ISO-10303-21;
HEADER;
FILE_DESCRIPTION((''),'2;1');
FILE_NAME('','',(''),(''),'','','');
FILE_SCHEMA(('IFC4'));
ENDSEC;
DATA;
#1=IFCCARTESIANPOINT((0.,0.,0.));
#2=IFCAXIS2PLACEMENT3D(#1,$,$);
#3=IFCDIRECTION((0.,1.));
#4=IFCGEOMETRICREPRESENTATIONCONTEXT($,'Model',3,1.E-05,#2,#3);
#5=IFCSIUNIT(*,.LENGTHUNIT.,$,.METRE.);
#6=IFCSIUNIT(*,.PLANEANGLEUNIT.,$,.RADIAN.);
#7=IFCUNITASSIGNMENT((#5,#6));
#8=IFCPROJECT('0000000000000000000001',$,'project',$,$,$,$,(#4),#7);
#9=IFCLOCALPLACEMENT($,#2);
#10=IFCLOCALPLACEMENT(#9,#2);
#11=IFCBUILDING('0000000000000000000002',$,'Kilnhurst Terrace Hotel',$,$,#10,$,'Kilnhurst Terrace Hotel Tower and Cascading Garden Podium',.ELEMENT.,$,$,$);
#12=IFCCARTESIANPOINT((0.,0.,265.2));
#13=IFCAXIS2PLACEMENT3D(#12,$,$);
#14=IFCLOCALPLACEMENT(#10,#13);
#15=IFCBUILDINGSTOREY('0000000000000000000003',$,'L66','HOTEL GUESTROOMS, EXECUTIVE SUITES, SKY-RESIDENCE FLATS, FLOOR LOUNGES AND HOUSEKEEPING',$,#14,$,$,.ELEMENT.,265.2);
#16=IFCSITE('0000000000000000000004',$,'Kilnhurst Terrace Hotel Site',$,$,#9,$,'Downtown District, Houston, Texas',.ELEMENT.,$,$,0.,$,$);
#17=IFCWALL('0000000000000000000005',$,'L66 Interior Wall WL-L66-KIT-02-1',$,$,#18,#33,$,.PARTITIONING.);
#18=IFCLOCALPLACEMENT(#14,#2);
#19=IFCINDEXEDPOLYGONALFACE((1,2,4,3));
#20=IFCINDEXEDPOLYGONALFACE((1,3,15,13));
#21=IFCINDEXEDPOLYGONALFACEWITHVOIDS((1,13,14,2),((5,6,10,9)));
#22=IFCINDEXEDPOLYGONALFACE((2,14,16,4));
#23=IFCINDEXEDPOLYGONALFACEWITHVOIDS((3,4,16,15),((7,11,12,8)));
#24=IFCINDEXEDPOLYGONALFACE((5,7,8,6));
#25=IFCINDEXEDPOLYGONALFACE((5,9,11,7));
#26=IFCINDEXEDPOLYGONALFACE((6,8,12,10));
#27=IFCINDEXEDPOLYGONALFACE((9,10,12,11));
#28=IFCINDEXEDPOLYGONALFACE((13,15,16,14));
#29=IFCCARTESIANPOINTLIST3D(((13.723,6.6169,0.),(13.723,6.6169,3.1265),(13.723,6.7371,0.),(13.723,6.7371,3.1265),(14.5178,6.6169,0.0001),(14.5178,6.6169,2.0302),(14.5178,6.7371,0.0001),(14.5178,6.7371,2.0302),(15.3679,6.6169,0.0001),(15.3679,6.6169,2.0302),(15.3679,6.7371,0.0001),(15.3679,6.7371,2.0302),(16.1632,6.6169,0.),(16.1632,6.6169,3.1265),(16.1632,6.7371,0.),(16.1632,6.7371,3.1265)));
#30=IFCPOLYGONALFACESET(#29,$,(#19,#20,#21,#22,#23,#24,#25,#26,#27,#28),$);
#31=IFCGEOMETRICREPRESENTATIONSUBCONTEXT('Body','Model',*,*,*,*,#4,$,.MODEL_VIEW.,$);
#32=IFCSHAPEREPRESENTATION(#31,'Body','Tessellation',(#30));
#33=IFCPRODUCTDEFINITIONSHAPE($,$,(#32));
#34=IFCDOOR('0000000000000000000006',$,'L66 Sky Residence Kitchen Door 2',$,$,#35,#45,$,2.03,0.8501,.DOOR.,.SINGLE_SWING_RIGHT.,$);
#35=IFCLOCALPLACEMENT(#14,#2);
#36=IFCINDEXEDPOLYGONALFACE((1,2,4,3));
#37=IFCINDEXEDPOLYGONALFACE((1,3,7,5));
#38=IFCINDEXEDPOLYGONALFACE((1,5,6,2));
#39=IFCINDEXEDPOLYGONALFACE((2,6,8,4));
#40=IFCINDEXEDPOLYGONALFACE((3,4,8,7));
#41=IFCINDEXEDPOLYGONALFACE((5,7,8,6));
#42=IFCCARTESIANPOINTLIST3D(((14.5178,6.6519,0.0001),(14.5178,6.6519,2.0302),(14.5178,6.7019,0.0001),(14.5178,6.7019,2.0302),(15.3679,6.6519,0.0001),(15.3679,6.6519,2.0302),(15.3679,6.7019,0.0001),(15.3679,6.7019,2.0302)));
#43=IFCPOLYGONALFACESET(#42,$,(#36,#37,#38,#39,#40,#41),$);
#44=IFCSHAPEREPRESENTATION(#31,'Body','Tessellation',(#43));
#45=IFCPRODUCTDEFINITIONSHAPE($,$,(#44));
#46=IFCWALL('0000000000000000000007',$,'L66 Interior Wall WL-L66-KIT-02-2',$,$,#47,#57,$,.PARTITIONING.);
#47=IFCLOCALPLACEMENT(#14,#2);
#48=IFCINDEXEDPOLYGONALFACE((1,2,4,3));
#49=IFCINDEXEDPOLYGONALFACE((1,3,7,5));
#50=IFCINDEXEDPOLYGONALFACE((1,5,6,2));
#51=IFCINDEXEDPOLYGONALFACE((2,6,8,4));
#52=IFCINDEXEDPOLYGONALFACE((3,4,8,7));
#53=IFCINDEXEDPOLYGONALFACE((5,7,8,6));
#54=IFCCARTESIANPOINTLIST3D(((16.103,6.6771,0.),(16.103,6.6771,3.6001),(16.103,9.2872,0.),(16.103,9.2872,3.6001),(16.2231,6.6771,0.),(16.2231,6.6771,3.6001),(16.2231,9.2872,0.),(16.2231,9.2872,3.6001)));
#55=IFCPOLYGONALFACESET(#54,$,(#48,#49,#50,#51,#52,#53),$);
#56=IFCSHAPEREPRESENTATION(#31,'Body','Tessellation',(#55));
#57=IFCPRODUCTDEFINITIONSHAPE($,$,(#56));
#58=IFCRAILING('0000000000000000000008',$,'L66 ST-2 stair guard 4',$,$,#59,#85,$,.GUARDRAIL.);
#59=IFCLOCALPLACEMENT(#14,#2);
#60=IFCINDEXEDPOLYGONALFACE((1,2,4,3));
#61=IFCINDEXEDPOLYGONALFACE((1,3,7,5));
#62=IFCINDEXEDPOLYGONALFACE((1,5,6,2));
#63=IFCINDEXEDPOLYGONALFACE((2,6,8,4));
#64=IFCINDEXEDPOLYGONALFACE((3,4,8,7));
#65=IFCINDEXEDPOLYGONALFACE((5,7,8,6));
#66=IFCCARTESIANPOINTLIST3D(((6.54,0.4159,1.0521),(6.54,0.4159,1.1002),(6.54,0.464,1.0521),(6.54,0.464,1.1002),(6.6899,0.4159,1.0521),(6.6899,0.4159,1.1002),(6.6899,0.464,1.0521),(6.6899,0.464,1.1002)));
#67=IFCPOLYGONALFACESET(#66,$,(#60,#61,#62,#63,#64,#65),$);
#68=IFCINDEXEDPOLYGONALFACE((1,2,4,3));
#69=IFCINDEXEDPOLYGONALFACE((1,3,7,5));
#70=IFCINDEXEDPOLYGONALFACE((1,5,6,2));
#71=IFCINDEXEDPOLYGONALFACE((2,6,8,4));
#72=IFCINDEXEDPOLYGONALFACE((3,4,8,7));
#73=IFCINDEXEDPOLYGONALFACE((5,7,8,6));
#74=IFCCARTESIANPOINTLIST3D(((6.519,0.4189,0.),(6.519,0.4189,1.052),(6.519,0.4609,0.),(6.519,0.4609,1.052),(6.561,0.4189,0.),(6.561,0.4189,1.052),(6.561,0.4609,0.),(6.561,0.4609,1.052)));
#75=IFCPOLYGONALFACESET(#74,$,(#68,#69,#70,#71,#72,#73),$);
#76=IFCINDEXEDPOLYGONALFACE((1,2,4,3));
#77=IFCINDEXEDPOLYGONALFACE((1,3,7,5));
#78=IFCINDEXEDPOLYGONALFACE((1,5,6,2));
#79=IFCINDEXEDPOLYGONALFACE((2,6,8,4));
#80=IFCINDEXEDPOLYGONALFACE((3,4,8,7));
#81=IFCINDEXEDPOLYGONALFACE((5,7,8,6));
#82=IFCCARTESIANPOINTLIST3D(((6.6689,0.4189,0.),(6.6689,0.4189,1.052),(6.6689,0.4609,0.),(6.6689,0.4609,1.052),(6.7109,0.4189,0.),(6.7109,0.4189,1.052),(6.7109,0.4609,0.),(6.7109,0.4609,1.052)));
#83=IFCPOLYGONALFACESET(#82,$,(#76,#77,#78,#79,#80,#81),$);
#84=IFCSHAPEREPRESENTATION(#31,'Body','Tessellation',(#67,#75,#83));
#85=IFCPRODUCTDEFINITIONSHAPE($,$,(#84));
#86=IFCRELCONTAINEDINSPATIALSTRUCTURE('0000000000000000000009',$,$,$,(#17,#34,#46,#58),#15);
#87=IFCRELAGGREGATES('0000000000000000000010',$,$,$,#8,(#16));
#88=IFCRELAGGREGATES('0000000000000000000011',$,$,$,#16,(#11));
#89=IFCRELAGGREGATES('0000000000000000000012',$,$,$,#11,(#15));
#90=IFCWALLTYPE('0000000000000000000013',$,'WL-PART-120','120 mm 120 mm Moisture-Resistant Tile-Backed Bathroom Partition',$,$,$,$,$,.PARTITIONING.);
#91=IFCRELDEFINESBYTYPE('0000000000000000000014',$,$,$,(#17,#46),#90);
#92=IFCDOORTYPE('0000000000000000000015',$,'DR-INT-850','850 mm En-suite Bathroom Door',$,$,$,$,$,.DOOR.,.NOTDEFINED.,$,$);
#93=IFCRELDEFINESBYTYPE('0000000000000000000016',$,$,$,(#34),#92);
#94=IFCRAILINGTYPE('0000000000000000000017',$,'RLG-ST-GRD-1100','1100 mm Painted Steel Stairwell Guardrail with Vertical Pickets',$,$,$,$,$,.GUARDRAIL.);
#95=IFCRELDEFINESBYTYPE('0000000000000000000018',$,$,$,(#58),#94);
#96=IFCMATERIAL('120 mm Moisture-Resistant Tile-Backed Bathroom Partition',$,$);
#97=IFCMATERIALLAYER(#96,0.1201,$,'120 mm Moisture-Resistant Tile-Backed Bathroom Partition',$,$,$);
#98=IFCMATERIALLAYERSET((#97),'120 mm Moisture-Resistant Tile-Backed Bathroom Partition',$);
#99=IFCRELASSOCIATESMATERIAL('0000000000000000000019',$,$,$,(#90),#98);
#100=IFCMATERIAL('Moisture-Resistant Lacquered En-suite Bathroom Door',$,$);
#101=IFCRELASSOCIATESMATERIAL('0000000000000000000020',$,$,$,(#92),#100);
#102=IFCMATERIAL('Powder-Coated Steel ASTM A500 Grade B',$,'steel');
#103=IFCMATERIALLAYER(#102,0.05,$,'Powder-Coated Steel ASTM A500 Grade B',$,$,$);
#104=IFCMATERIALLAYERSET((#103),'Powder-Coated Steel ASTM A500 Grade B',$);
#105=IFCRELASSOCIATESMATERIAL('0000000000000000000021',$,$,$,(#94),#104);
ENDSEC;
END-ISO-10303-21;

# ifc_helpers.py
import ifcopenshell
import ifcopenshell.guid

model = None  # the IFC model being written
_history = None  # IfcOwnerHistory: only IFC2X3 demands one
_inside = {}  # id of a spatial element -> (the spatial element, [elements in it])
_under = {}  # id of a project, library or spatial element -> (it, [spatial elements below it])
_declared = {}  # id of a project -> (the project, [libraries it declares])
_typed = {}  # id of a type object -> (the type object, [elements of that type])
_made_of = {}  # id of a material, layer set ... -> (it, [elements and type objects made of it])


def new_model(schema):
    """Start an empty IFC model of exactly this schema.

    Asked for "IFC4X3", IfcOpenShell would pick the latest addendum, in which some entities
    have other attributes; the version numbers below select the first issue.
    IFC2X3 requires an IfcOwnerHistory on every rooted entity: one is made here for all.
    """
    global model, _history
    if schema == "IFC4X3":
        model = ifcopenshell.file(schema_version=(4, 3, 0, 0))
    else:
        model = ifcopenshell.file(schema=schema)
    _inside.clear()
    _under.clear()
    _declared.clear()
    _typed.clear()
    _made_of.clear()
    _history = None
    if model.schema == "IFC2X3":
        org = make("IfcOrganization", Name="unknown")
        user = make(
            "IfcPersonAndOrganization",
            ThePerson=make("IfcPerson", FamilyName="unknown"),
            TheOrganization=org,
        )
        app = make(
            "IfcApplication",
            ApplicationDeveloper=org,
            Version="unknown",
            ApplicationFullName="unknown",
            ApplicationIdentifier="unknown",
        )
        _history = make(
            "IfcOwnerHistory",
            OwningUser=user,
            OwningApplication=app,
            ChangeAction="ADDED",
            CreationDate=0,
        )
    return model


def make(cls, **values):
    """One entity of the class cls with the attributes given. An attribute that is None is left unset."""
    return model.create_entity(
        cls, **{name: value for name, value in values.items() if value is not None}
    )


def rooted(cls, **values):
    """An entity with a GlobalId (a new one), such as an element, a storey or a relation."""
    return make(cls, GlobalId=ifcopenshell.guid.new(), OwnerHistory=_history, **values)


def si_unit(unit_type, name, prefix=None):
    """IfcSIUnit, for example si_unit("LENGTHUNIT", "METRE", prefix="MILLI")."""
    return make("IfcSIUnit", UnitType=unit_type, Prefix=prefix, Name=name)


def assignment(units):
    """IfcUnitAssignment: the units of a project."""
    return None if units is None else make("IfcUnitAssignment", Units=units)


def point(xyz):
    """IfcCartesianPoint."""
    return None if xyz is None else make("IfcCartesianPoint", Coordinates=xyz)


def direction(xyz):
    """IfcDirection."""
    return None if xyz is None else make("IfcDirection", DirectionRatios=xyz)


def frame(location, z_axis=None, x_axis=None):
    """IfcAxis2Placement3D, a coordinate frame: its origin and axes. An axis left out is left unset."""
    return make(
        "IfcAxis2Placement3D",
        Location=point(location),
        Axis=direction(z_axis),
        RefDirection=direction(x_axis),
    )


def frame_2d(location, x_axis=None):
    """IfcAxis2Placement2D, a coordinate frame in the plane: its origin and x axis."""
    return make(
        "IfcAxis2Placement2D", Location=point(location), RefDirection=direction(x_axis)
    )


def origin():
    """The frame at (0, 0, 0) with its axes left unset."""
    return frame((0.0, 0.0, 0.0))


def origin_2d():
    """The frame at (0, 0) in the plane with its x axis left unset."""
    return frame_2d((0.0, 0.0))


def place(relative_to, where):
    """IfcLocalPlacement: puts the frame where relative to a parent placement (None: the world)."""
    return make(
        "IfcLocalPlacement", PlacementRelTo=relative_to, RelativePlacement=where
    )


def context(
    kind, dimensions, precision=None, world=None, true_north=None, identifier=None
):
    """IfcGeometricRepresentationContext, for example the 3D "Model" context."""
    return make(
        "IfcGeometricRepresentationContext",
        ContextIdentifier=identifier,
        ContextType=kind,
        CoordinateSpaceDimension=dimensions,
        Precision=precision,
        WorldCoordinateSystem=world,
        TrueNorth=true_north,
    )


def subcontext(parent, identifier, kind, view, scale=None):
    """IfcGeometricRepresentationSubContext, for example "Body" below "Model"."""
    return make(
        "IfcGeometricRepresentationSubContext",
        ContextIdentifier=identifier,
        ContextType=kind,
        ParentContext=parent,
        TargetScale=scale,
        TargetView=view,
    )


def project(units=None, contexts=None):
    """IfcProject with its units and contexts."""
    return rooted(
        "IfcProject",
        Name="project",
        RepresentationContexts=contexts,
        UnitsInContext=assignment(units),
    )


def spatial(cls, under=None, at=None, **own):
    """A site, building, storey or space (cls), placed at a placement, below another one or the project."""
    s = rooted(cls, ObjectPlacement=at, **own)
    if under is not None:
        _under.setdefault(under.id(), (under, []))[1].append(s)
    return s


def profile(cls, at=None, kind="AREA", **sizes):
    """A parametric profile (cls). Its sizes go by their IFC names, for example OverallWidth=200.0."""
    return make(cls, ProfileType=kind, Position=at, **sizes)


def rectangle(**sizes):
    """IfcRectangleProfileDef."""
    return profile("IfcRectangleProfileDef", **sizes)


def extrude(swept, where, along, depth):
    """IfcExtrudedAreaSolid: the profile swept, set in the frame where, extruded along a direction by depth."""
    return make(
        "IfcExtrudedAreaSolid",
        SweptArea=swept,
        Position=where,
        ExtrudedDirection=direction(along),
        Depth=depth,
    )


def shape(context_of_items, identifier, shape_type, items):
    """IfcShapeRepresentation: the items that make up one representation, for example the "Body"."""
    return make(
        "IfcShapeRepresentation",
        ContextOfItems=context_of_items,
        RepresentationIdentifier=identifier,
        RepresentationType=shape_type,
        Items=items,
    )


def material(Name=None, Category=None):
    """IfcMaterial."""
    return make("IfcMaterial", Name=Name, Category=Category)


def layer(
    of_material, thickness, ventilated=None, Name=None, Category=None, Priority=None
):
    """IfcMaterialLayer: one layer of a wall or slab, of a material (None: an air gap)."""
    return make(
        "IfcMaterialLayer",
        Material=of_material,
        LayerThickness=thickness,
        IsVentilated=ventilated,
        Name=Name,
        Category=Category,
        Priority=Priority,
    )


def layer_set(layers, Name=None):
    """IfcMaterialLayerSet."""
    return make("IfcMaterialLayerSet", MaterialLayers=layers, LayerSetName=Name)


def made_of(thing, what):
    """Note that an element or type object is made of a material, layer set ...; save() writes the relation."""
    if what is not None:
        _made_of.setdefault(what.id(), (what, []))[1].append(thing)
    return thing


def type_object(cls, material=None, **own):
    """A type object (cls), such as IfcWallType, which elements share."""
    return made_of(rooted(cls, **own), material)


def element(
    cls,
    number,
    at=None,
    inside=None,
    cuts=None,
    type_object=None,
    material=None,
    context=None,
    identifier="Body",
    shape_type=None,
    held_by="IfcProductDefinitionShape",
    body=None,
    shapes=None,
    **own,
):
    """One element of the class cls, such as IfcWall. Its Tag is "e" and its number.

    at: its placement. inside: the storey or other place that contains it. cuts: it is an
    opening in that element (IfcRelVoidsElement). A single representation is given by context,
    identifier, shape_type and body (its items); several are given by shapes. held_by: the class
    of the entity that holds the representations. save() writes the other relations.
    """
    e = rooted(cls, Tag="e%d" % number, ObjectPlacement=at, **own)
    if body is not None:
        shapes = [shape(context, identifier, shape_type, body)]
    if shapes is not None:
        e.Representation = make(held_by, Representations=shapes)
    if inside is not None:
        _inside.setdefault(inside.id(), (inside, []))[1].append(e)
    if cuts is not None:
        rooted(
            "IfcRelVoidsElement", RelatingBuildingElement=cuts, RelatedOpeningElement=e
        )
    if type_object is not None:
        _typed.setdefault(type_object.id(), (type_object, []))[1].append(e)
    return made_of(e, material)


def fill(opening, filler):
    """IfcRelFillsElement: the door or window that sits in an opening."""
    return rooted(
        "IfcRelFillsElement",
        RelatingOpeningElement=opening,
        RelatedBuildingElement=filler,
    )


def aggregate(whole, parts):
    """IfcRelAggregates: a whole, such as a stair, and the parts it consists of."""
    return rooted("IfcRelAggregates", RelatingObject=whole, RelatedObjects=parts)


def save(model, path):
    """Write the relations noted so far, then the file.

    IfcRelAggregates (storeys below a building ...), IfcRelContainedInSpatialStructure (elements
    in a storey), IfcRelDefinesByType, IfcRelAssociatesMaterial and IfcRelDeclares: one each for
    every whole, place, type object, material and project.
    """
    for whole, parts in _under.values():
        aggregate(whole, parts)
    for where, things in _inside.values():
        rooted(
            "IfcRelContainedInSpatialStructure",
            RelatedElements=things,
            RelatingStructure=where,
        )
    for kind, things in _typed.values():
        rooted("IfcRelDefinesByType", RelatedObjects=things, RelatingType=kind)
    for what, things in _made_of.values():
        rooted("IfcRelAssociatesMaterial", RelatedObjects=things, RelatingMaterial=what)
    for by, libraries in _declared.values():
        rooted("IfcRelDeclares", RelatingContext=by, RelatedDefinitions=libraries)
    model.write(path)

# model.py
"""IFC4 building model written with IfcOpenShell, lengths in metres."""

from ifc_helpers import new_model, si_unit, direction, frame, frame_2d, origin, origin_2d, place, context, subcontext, project, spatial, rectangle, extrude, material, layer, layer_set, type_object, element, fill, save


model = new_model("IFC4")

# Units and contexts
model_context = context("Model", 3, precision=1e-05, world=origin(), true_north=direction((0.0, 1.0)))
body_context = subcontext(model_context, "Body", "Model", "MODEL_VIEW")
ifc_project = project(units=[si_unit("LENGTHUNIT", "METRE"), si_unit("PLANEANGLEUNIT", "RADIAN")], contexts=[model_context])

# Site, building, storey
site_placement = place(None, origin())
site = spatial("IfcSite", under=ifc_project, at=site_placement, Name="Kilnhurst Terrace Hotel Site", LongName="Downtown District, Houston, Texas", CompositionType="ELEMENT", RefElevation=0.0)
building_placement = place(site_placement, origin())
building = spatial("IfcBuilding", under=site, at=building_placement, Name="Kilnhurst Terrace Hotel", LongName="Kilnhurst Terrace Hotel Tower and Cascading Garden Podium", CompositionType="ELEMENT")
storey_placement = place(building_placement, frame((0.0, 0.0, 265.2)))
storey = spatial("IfcBuildingStorey", under=building, at=storey_placement, Name="L66", Description="HOTEL GUESTROOMS, EXECUTIVE SUITES, SKY-RESIDENCE FLATS, FLOOR LOUNGES AND HOUSEKEEPING", CompositionType="ELEMENT", Elevation=265.2)

# Shared definitions
ifc_material_1 = material(Name="120 mm Moisture-Resistant Tile-Backed Bathroom Partition")
ifc_layer_1 = layer(ifc_material_1, 0.1201, Name="120 mm Moisture-Resistant Tile-Backed Bathroom Partition")
ifc_layer_set_1 = layer_set([ifc_layer_1], Name="120 mm Moisture-Resistant Tile-Backed Bathroom Partition")
wall_type_1 = type_object("IfcWallType", Name="WL-PART-120", Description="120 mm 120 mm Moisture-Resistant Tile-Backed Bathroom Partition", PredefinedType="PARTITIONING", material=ifc_layer_set_1)
ifc_material_2 = material(Name="Moisture-Resistant Lacquered En-suite Bathroom Door")
door_type = type_object("IfcDoorType", Name="DR-INT-850", Description="850 mm En-suite Bathroom Door", OperationType="NOTDEFINED", PredefinedType="DOOR", material=ifc_material_2)

# Wall, opening, door
wall_1_placement = place(storey_placement, frame((13.7229, 6.677, 0.0), z_axis=(0.0, 0.0, 1.0), x_axis=(1.0, 0.0, 0.0)))
wall_1 = element("IfcWall", 1, at=wall_1_placement, inside=storey, type_object=wall_type_1, Name="L66 Interior Wall WL-L66-KIT-02-1", PredefinedType="PARTITIONING", context=body_context, shape_type="SweptSolid", body=[
    extrude(rectangle(XDim=2.4402, YDim=0.1201, at=frame_2d((1.2202, 0.0))), origin(), (0.0, 0.0, 1.0), 3.1265),
])
opening_1_placement = place(wall_1_placement, frame((0.7949, 0.0, 0.0)))
opening_1 = element("IfcOpeningElement", 2, at=opening_1_placement, cuts=wall_1, PredefinedType="OPENING", context=body_context, shape_type="SweptSolid", body=[
    extrude(rectangle(XDim=0.8501, YDim=2.03, at=frame_2d((0.425, 1.0151))), frame((0.0, 0.0701, 0.0), z_axis=(0.0, -1.0, 0.0), x_axis=(1.0, 0.0, 0.0)), (0.0, 0.0, 1.0), 0.1401),
])
door_1_placement = place(opening_1_placement, origin())
door_1 = element("IfcDoor", 3, at=door_1_placement, inside=storey, type_object=door_type, Name="L66 Sky Residence Kitchen Door 2", OperationType="SINGLE_SWING_RIGHT", OverallHeight=2.03, OverallWidth=0.8501, PredefinedType="DOOR", context=body_context, shape_type="SweptSolid", body=[
    extrude(rectangle(XDim=0.8501, YDim=2.03, at=frame_2d((0.425, 1.0151))), frame((0.0, 0.0249, 0.0), z_axis=(0.0, -1.0, 0.0), x_axis=(1.0, 0.0, 0.0)), (0.0, 0.0, 1.0), 0.05),
])
fill(opening_1, door_1)

# Wall
wall_2_placement = place(storey_placement, frame((16.1631, 6.677, 0.0), z_axis=(0.0, 0.0, 1.0), x_axis=(0.0, 1.0, 0.0)))
element("IfcWall", 4, at=wall_2_placement, inside=storey, type_object=wall_type_1, Name="L66 Interior Wall WL-L66-KIT-02-2", PredefinedType="PARTITIONING", context=body_context, shape_type="SweptSolid", body=[
    extrude(rectangle(XDim=2.6101, YDim=0.1201, at=frame_2d((1.3052, 0.0))), origin(), (0.0, 0.0, 1.0), 3.6001),
])

# Railing
ifc_material_3 = material(Name="Powder-Coated Steel ASTM A500 Grade B", Category="steel")
ifc_layer_2 = layer(ifc_material_3, 0.05, Name="Powder-Coated Steel ASTM A500 Grade B")
ifc_layer_set_2 = layer_set([ifc_layer_2], Name="Powder-Coated Steel ASTM A500 Grade B")
railing_type = type_object("IfcRailingType", Name="RLG-ST-GRD-1100", Description="1100 mm Painted Steel Stairwell Guardrail with Vertical Pickets", PredefinedType="GUARDRAIL", material=ifc_layer_set_2)
railing_placement = place(storey_placement, frame((6.54, 0.4399, 0.0)))
element("IfcRailing", 5, at=railing_placement, inside=storey, type_object=railing_type, Name="L66 ST-2 stair guard 4", PredefinedType="GUARDRAIL", context=body_context, shape_type="SweptSolid", body=[
    extrude(rectangle(XDim=0.0481, YDim=0.0481, at=origin_2d()), frame((0.0, 0.0, 1.0762), z_axis=(1.0, 0.0, 0.0), x_axis=(0.0, 1.0, 0.0)), (0.0, 0.0, 1.0), 0.1499),
    extrude(rectangle(XDim=0.042, YDim=0.042, at=origin_2d()), origin(), (0.0, 0.0, 1.0), 1.052),
    extrude(rectangle(XDim=0.042, YDim=0.042, at=origin_2d()), frame((0.1499, 0.0, 0.0)), (0.0, 0.0, 1.0), 1.052),
])

save(model, "model.ifc")
